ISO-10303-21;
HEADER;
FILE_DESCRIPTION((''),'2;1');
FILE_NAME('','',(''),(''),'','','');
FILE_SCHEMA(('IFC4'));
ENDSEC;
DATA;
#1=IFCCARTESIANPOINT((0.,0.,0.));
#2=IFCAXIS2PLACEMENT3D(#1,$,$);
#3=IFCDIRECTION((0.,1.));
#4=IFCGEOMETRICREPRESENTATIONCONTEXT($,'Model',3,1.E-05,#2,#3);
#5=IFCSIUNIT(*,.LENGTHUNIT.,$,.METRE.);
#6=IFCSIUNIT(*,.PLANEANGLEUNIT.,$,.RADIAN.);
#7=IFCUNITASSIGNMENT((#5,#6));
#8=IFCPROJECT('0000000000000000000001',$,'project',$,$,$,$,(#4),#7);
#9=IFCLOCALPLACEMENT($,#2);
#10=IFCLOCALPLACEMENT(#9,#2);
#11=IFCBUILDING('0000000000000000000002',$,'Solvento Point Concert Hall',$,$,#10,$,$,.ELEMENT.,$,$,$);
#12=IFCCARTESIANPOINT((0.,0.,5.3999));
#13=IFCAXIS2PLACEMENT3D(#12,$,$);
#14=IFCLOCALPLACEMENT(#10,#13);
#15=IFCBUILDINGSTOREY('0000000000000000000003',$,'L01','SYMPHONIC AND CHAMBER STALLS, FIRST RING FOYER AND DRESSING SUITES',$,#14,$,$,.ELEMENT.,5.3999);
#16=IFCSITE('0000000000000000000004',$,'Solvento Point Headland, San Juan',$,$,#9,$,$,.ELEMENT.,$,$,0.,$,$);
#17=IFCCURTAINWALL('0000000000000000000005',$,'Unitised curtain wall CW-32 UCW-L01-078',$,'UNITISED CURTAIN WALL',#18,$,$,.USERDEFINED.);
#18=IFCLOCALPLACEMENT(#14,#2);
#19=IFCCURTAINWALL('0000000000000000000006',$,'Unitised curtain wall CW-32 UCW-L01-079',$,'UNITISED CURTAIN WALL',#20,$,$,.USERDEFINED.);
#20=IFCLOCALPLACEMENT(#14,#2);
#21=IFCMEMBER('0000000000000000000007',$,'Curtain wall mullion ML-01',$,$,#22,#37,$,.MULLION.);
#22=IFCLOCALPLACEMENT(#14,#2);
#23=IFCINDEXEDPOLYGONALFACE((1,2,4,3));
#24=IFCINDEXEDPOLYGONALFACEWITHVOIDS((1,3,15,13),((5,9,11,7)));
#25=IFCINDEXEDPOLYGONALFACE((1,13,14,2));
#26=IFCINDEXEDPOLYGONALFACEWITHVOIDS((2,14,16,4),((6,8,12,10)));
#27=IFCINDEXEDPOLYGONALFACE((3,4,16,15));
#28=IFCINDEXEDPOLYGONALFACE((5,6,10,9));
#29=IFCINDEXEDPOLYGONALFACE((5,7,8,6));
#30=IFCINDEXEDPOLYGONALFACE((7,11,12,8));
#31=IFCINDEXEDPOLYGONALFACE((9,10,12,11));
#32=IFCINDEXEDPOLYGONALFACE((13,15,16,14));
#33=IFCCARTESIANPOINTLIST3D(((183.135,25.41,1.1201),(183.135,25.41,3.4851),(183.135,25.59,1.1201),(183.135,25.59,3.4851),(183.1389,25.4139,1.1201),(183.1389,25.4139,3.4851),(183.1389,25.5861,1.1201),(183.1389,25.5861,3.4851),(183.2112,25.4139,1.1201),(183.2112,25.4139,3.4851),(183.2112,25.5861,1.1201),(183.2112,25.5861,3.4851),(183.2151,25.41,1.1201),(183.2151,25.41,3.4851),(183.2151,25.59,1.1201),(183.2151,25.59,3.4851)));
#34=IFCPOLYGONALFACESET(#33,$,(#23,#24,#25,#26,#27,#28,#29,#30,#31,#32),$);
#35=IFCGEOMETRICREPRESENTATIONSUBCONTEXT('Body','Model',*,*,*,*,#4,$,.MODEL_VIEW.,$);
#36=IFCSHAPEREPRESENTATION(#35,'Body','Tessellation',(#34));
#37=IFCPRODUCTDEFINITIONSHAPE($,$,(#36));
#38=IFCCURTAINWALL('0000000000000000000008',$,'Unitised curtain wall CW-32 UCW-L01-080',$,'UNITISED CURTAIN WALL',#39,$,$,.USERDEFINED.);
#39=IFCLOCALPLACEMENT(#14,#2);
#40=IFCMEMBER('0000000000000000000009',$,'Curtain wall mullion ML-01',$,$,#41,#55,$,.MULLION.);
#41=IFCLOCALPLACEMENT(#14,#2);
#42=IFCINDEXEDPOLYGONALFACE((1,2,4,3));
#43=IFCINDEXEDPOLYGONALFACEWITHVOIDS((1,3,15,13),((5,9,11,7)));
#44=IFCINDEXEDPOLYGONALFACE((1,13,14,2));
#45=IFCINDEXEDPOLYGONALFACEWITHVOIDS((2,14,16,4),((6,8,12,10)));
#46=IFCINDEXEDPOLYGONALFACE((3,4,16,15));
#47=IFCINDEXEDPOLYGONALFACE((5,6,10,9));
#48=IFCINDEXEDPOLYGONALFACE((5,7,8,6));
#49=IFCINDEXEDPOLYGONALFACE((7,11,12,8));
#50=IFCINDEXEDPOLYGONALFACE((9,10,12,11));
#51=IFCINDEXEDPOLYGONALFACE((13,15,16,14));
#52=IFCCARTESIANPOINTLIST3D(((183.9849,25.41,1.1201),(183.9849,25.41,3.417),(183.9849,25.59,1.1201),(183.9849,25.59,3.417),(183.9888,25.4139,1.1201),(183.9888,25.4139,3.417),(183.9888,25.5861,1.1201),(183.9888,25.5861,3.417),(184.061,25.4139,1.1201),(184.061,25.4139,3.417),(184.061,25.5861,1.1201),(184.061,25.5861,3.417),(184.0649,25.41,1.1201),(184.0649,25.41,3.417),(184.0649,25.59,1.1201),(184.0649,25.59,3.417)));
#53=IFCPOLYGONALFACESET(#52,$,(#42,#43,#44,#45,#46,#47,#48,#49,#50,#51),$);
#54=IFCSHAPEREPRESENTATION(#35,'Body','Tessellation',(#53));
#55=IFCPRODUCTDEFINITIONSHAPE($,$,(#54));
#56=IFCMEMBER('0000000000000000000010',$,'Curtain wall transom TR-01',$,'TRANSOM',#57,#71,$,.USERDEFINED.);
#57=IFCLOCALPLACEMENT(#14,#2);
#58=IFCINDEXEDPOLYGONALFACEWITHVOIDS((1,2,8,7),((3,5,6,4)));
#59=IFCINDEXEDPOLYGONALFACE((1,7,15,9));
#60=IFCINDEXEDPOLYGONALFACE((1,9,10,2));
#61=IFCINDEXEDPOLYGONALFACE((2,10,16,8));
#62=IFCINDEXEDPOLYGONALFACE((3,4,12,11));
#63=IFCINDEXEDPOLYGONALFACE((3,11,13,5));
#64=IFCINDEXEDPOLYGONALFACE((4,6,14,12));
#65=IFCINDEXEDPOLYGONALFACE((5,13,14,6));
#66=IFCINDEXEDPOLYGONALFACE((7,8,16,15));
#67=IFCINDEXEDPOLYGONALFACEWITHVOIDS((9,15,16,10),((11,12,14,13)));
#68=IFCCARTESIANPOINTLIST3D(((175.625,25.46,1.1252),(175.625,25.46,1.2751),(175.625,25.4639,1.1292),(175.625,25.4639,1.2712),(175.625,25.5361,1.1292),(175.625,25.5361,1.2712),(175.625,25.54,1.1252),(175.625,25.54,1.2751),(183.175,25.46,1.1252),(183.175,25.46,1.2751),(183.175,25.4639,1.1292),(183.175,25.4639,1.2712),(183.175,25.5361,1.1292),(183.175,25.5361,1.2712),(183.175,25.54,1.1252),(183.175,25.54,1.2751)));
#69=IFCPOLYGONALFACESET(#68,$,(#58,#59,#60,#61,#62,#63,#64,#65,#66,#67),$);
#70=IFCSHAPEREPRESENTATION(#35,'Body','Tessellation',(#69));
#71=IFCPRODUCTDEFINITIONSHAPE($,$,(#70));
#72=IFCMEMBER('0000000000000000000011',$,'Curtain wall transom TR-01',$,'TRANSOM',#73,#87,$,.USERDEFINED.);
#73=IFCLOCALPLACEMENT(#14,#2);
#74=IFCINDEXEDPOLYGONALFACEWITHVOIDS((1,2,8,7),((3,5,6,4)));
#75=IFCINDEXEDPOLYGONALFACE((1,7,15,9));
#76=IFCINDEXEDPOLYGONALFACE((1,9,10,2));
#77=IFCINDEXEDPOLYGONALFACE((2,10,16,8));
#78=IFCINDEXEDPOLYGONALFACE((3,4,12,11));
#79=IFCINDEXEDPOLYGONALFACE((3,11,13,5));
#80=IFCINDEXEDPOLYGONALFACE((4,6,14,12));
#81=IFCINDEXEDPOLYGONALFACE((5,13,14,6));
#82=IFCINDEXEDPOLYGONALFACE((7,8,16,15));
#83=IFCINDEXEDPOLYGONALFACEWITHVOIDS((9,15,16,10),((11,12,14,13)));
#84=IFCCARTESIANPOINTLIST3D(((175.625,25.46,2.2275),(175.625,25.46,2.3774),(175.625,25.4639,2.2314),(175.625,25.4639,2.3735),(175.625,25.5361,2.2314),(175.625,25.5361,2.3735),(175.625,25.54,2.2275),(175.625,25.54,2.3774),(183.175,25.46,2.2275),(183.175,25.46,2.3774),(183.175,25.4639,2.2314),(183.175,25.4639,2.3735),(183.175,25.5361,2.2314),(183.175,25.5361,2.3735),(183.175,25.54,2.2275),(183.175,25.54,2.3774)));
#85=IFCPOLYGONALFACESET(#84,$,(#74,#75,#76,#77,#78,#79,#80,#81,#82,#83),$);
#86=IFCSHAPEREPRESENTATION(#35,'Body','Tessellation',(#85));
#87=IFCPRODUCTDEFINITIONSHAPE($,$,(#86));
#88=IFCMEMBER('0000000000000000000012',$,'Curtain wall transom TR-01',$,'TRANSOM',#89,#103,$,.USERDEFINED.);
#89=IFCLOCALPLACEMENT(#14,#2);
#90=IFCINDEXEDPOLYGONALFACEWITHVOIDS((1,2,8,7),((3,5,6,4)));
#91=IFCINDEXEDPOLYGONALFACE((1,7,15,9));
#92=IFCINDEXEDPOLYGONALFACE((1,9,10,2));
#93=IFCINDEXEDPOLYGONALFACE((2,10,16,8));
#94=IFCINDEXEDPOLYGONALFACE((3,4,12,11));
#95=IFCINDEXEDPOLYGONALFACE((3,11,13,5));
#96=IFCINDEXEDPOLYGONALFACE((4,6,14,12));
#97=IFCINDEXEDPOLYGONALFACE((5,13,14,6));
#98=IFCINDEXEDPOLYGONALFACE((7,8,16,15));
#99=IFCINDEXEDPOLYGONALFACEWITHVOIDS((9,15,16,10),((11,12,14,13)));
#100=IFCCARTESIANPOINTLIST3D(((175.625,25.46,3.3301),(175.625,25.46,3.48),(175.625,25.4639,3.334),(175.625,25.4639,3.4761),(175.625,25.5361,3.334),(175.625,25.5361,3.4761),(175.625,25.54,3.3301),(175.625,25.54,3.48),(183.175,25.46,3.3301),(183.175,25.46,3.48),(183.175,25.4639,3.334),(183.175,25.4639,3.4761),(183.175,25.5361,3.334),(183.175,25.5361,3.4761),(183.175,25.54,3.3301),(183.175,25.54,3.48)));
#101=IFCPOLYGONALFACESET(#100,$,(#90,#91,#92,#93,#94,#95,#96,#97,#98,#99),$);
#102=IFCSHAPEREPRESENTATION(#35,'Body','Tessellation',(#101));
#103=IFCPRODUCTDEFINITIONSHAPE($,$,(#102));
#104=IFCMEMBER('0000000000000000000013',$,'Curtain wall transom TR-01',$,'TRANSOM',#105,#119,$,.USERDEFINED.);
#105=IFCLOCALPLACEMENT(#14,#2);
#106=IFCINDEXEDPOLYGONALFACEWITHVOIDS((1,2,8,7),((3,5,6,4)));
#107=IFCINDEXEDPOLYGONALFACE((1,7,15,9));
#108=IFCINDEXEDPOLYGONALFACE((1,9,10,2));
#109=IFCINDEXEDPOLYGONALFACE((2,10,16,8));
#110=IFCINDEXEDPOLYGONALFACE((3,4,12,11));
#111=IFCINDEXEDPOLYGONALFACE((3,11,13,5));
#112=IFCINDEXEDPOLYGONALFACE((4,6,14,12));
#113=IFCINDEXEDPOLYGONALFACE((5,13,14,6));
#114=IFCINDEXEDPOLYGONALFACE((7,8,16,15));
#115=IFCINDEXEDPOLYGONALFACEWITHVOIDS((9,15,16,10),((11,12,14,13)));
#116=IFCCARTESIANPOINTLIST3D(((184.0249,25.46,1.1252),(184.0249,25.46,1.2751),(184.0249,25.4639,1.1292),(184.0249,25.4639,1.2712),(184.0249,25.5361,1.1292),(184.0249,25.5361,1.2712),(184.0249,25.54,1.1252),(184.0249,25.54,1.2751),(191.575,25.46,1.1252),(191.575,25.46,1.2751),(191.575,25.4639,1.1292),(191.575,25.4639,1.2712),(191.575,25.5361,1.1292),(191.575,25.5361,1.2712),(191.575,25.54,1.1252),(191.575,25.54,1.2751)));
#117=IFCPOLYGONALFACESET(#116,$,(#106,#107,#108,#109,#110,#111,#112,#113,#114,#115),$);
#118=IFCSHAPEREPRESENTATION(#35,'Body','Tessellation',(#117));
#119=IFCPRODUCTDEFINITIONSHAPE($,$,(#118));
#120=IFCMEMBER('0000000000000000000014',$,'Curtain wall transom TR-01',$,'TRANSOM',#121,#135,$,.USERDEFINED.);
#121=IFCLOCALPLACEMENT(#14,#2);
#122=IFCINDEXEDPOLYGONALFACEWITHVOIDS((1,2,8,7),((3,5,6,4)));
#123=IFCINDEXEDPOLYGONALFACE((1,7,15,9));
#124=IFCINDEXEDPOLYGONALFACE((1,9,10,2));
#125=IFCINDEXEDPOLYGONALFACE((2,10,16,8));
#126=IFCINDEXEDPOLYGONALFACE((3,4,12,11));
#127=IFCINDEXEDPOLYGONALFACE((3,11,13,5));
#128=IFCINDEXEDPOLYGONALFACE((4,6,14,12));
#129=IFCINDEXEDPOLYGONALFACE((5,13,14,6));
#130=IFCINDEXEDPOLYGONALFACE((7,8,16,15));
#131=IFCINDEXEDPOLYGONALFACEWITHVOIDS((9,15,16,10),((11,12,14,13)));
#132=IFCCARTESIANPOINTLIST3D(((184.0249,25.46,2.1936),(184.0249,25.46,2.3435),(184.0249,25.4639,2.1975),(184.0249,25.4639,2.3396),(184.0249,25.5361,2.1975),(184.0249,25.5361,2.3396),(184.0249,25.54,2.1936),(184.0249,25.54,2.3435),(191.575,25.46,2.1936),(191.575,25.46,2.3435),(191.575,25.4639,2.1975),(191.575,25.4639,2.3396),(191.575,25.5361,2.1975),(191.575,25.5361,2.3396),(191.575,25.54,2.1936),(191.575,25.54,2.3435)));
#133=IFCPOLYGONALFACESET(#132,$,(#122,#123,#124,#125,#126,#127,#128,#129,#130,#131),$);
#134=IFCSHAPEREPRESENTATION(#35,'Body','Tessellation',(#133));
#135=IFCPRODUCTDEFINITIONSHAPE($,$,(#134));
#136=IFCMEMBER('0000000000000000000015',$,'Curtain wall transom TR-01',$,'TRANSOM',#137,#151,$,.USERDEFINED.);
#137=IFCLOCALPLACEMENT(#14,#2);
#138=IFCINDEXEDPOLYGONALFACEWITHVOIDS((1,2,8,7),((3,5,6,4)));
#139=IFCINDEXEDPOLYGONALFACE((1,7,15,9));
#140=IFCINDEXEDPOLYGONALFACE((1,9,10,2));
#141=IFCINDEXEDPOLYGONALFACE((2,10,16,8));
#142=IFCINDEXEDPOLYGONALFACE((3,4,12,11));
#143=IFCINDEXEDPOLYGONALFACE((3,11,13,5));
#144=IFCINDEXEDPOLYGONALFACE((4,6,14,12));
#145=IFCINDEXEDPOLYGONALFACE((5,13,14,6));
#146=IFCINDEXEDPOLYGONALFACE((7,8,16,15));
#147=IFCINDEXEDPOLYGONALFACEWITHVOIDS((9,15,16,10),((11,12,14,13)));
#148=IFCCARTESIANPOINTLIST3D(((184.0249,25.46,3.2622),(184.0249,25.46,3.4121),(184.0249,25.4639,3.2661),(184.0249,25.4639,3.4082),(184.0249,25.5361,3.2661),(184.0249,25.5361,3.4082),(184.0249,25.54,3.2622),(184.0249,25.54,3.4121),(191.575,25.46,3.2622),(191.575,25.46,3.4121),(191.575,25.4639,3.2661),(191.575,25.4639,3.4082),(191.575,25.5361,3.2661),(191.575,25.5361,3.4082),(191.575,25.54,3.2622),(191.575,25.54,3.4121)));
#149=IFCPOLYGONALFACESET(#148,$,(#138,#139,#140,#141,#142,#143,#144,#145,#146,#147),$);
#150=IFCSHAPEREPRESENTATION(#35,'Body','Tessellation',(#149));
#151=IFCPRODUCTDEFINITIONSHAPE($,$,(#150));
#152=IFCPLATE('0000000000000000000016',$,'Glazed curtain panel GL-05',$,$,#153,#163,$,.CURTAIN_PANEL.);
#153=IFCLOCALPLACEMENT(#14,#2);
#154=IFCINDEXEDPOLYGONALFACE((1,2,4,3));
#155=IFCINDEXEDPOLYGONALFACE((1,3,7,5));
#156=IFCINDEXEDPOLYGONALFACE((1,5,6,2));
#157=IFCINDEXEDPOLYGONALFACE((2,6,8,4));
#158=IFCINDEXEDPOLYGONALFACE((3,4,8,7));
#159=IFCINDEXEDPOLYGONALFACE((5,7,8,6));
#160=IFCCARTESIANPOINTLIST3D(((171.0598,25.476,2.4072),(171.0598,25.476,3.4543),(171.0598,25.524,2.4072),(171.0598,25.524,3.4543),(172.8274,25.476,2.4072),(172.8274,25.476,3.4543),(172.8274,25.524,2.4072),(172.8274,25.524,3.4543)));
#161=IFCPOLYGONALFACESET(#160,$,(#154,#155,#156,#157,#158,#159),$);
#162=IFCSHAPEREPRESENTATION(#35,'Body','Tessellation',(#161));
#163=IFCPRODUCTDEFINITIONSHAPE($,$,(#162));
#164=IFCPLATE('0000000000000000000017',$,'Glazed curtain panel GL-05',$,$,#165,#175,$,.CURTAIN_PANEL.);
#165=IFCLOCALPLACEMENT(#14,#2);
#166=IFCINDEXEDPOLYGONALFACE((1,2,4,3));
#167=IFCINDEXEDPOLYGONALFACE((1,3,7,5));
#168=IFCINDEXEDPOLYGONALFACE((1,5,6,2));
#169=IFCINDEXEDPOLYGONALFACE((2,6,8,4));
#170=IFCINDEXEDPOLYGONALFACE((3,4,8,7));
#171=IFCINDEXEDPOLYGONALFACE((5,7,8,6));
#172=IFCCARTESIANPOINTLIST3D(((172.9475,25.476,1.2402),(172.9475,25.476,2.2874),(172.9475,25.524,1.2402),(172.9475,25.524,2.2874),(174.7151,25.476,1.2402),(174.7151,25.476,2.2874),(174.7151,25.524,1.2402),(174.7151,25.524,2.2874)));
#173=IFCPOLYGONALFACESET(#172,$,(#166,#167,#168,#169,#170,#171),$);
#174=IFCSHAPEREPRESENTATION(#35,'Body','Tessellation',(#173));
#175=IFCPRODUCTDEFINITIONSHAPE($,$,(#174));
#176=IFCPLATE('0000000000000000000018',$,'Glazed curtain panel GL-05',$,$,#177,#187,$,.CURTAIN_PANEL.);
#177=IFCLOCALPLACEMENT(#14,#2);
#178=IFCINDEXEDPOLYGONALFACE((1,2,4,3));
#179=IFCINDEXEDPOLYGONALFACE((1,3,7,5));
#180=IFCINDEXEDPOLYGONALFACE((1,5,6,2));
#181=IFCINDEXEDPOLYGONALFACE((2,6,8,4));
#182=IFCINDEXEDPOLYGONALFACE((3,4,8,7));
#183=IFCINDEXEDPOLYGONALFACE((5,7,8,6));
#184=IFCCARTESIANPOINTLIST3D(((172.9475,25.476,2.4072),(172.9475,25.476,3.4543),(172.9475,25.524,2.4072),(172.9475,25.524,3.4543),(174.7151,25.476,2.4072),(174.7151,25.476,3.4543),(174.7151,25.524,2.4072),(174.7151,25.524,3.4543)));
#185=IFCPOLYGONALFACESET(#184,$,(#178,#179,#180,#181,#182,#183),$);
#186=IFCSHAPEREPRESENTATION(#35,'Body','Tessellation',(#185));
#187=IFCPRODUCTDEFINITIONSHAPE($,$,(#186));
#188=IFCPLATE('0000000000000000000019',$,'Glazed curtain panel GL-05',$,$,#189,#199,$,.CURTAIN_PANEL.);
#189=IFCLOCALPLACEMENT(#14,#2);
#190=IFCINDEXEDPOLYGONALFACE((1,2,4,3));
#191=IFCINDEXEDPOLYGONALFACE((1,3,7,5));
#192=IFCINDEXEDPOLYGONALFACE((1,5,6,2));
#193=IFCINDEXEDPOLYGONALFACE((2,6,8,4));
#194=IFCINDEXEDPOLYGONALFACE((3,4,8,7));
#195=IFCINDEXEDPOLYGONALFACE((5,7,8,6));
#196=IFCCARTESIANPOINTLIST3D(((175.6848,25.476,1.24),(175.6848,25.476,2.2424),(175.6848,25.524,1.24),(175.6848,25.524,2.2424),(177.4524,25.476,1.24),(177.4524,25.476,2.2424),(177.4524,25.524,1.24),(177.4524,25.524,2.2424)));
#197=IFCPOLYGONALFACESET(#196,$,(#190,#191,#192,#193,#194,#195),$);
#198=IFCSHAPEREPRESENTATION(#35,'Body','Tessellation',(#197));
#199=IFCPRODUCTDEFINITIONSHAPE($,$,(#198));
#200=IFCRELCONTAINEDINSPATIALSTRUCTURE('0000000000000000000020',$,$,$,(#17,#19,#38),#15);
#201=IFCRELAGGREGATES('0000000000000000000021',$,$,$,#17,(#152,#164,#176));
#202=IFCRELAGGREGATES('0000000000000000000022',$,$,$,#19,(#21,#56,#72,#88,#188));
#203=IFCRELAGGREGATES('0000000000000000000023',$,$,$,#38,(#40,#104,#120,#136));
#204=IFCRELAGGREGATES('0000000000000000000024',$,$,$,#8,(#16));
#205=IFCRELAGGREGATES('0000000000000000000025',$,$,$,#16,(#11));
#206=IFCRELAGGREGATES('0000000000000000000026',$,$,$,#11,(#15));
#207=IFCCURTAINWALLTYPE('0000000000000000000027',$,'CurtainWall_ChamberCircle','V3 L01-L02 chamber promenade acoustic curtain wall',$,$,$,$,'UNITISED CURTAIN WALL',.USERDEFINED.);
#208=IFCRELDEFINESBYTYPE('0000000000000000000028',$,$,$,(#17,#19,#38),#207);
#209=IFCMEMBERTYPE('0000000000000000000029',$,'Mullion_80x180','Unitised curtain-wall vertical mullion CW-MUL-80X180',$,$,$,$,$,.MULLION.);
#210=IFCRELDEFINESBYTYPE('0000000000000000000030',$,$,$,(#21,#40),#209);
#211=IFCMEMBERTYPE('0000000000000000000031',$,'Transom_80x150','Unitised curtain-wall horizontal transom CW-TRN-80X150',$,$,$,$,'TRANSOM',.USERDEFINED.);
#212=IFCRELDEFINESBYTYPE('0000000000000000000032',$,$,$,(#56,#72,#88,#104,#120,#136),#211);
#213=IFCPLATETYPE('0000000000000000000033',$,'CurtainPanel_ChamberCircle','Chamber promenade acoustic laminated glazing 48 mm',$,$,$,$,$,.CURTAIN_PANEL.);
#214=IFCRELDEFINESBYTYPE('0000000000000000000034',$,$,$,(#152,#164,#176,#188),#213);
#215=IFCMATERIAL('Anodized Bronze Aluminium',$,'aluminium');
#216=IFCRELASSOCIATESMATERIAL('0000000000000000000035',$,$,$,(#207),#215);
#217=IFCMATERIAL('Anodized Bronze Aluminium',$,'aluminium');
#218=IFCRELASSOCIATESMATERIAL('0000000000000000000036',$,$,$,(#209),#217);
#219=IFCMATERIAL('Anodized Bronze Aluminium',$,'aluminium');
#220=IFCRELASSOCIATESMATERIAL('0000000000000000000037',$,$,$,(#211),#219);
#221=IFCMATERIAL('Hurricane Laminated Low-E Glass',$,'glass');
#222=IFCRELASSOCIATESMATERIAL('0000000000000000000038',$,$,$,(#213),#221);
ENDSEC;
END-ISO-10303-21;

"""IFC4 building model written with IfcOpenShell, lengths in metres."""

from ifc_helpers import new_model, si_unit, direction, frame, origin, origin_2d, place, context, subcontext, project, spatial, rectangle, hollow_rectangle, extrude, material, material_profile, profile_set, type_object, element, aggregate, save


model = new_model("IFC4")

# Units and contexts
model_context = context("Model", 3, precision=1e-05, world=origin(), true_north=direction((0.0, 1.0)))
body_context = subcontext(model_context, "Body", "Model", "MODEL_VIEW")
ifc_project = project(units=[si_unit("LENGTHUNIT", "METRE"), si_unit("PLANEANGLEUNIT", "RADIAN")], contexts=[model_context])

# Site, building, storey
site_placement = place(None, origin())
site = spatial("IfcSite", under=ifc_project, at=site_placement, Name="Solvento Point Headland, San Juan", CompositionType="ELEMENT", RefElevation=0.0)
building_placement = place(site_placement, origin())
building = spatial("IfcBuilding", under=site, at=building_placement, Name="Solvento Point Concert Hall", CompositionType="ELEMENT")
storey_placement = place(building_placement, frame((0.0, 0.0, 5.3999)))
storey = spatial("IfcBuildingStorey", under=building, at=storey_placement, Name="L01", Description="SYMPHONIC AND CHAMBER STALLS, FIRST RING FOYER AND DRESSING SUITES", CompositionType="ELEMENT", Elevation=5.3999)

# Curtain walls, member
ifc_material_1 = material(Name="Anodized Bronze Aluminium", Category="aluminium")
curtain_wall_type = type_object("IfcCurtainWallType", Name="CurtainWall_ChamberCircle", Description="V3 L01-L02 chamber promenade acoustic curtain wall", ElementType="UNITISED CURTAIN WALL", PredefinedType="USERDEFINED", material=ifc_material_1)
curtain_wall_1_placement = place(storey_placement, origin())
curtain_wall_1 = element("IfcCurtainWall", 1, at=curtain_wall_1_placement, inside=storey, type_object=curtain_wall_type, Name="Unitised curtain wall CW-32 UCW-L01-078", ObjectType="UNITISED CURTAIN WALL", PredefinedType="USERDEFINED")
ifc_material_2 = material(Name="Anodized Bronze Aluminium", Category="aluminium")
ifc_material_profile_1 = material_profile(ifc_material_2, hollow_rectangle(XDim=0.0801, YDim=0.1799, WallThickness=0.0039, at=origin_2d()), Name="CW-MUL-80X180")
ifc_profile_set_1 = profile_set([ifc_material_profile_1], Name="Anodized Bronze Aluminium")
member_type_1 = type_object("IfcMemberType", Name="Mullion_80x180", Description="Unitised curtain-wall vertical mullion CW-MUL-80X180", PredefinedType="MULLION", material=ifc_profile_set_1)
curtain_wall_2_placement = place(storey_placement, origin())
curtain_wall_2 = element("IfcCurtainWall", 2, at=curtain_wall_2_placement, inside=storey, type_object=curtain_wall_type, Name="Unitised curtain wall CW-32 UCW-L01-079", ObjectType="UNITISED CURTAIN WALL", PredefinedType="USERDEFINED")
member_1_placement = place(storey_placement, frame((183.175, 25.5, 1.1201), z_axis=(0.0, 0.0, 1.0), x_axis=(1.0, 0.0, 0.0)))
member_1 = element("IfcMember", 3, at=member_1_placement, type_object=member_type_1, Name="Curtain wall mullion ML-01", PredefinedType="MULLION", context=body_context, shape_type="SweptSolid", body=[
    extrude(hollow_rectangle(XDim=0.0801, YDim=0.1799, WallThickness=0.0039, at=origin_2d()), origin(), (0.0, 0.0, 1.0), 2.365),
])

# Curtain wall, member
curtain_wall_3_placement = place(storey_placement, origin())
curtain_wall_3 = element("IfcCurtainWall", 4, at=curtain_wall_3_placement, inside=storey, type_object=curtain_wall_type, Name="Unitised curtain wall CW-32 UCW-L01-080", ObjectType="UNITISED CURTAIN WALL", PredefinedType="USERDEFINED")
member_2_placement = place(storey_placement, frame((184.0249, 25.5, 1.1201), z_axis=(0.0, 0.0, 1.0), x_axis=(1.0, 0.0, 0.0)))
member_2 = element("IfcMember", 5, at=member_2_placement, type_object=member_type_1, Name="Curtain wall mullion ML-01", PredefinedType="MULLION", context=body_context, shape_type="SweptSolid", body=[
    extrude(hollow_rectangle(XDim=0.0801, YDim=0.1799, WallThickness=0.0039, at=origin_2d()), origin(), (0.0, 0.0, 1.0), 2.2969),
])

# Members
ifc_material_3 = material(Name="Anodized Bronze Aluminium", Category="aluminium")
ifc_material_profile_2 = material_profile(ifc_material_3, hollow_rectangle(XDim=0.0801, YDim=0.1499, WallThickness=0.0039, at=origin_2d()), Name="CW-TRN-80X150")
ifc_profile_set_2 = profile_set([ifc_material_profile_2], Name="Anodized Bronze Aluminium")
member_type_2 = type_object("IfcMemberType", Name="Transom_80x150", Description="Unitised curtain-wall horizontal transom CW-TRN-80X150", ElementType="TRANSOM", PredefinedType="USERDEFINED", material=ifc_profile_set_2)
member_3_placement = place(storey_placement, frame((175.625, 25.5, 1.2002), z_axis=(1.0, 0.0, 0.0), x_axis=(0.0, 1.0, 0.0)))
member_3 = element("IfcMember", 6, at=member_3_placement, type_object=member_type_2, Name="Curtain wall transom TR-01", ObjectType="TRANSOM", PredefinedType="USERDEFINED", context=body_context, shape_type="SweptSolid", body=[
    extrude(hollow_rectangle(XDim=0.0801, YDim=0.1499, WallThickness=0.0039, at=origin_2d()), origin(), (0.0, 0.0, 1.0), 7.55),
])
member_4_placement = place(storey_placement, frame((175.625, 25.5, 2.3025), z_axis=(1.0, 0.0, 0.0), x_axis=(0.0, 1.0, 0.0)))
member_4 = element("IfcMember", 7, at=member_4_placement, type_object=member_type_2, Name="Curtain wall transom TR-01", ObjectType="TRANSOM", PredefinedType="USERDEFINED", context=body_context, shape_type="SweptSolid", body=[
    extrude(hollow_rectangle(XDim=0.0801, YDim=0.1499, WallThickness=0.0039, at=origin_2d()), origin(), (0.0, 0.0, 1.0), 7.55),
])
member_5_placement = place(storey_placement, frame((175.625, 25.5, 3.405), z_axis=(1.0, 0.0, 0.0), x_axis=(0.0, 1.0, 0.0)))
member_5 = element("IfcMember", 8, at=member_5_placement, type_object=member_type_2, Name="Curtain wall transom TR-01", ObjectType="TRANSOM", PredefinedType="USERDEFINED", context=body_context, shape_type="SweptSolid", body=[
    extrude(hollow_rectangle(XDim=0.0801, YDim=0.1499, WallThickness=0.0039, at=origin_2d()), origin(), (0.0, 0.0, 1.0), 7.55),
])
member_6_placement = place(storey_placement, frame((184.0249, 25.5, 1.2002), z_axis=(1.0, 0.0, 0.0), x_axis=(0.0, 1.0, 0.0)))
member_6 = element("IfcMember", 9, at=member_6_placement, type_object=member_type_2, Name="Curtain wall transom TR-01", ObjectType="TRANSOM", PredefinedType="USERDEFINED", context=body_context, shape_type="SweptSolid", body=[
    extrude(hollow_rectangle(XDim=0.0801, YDim=0.1499, WallThickness=0.0039, at=origin_2d()), origin(), (0.0, 0.0, 1.0), 7.55),
])
member_7_placement = place(storey_placement, frame((184.0249, 25.5, 2.2686), z_axis=(1.0, 0.0, 0.0), x_axis=(0.0, 1.0, 0.0)))
member_7 = element("IfcMember", 10, at=member_7_placement, type_object=member_type_2, Name="Curtain wall transom TR-01", ObjectType="TRANSOM", PredefinedType="USERDEFINED", context=body_context, shape_type="SweptSolid", body=[
    extrude(hollow_rectangle(XDim=0.0801, YDim=0.1499, WallThickness=0.0039, at=origin_2d()), origin(), (0.0, 0.0, 1.0), 7.55),
])
member_8_placement = place(storey_placement, frame((184.0249, 25.5, 3.3372), z_axis=(1.0, 0.0, 0.0), x_axis=(0.0, 1.0, 0.0)))
member_8 = element("IfcMember", 11, at=member_8_placement, type_object=member_type_2, Name="Curtain wall transom TR-01", ObjectType="TRANSOM", PredefinedType="USERDEFINED", context=body_context, shape_type="SweptSolid", body=[
    extrude(hollow_rectangle(XDim=0.0801, YDim=0.1499, WallThickness=0.0039, at=origin_2d()), origin(), (0.0, 0.0, 1.0), 7.55),
])

# Plates
ifc_material_4 = material(Name="Hurricane Laminated Low-E Glass", Category="glass")
plate_type = type_object("IfcPlateType", Name="CurtainPanel_ChamberCircle", Description="Chamber promenade acoustic laminated glazing 48 mm", PredefinedType="CURTAIN_PANEL", material=ifc_material_4)
plate_1_placement = place(storey_placement, frame((171.9436, 25.5, 2.4072), z_axis=(0.0, 0.0, 1.0), x_axis=(1.0, 0.0, 0.0)))
plate_1 = element("IfcPlate", 12, at=plate_1_placement, type_object=plate_type, Name="Glazed curtain panel GL-05", PredefinedType="CURTAIN_PANEL", context=body_context, shape_type="SweptSolid", body=[
    extrude(rectangle(XDim=1.7676, YDim=0.0481, at=origin_2d()), origin(), (0.0, 0.0, 1.0), 1.0471),
])
plate_2_placement = place(storey_placement, frame((173.8313, 25.5, 1.2402), z_axis=(0.0, 0.0, 1.0), x_axis=(1.0, 0.0, 0.0)))
plate_2 = element("IfcPlate", 13, at=plate_2_placement, type_object=plate_type, Name="Glazed curtain panel GL-05", PredefinedType="CURTAIN_PANEL", context=body_context, shape_type="SweptSolid", body=[
    extrude(rectangle(XDim=1.7676, YDim=0.0481, at=origin_2d()), origin(), (0.0, 0.0, 1.0), 1.0471),
])
plate_3_placement = place(storey_placement, frame((173.8313, 25.5, 2.4072), z_axis=(0.0, 0.0, 1.0), x_axis=(1.0, 0.0, 0.0)))
plate_3 = element("IfcPlate", 14, at=plate_3_placement, type_object=plate_type, Name="Glazed curtain panel GL-05", PredefinedType="CURTAIN_PANEL", context=body_context, shape_type="SweptSolid", body=[
    extrude(rectangle(XDim=1.7676, YDim=0.0481, at=origin_2d()), origin(), (0.0, 0.0, 1.0), 1.0471),
])
aggregate(curtain_wall_1, [plate_1, plate_2, plate_3])
plate_4_placement = place(storey_placement, frame((176.5686, 25.5, 1.24), z_axis=(0.0, 0.0, 1.0), x_axis=(1.0, 0.0, 0.0)))
plate_4 = element("IfcPlate", 15, at=plate_4_placement, type_object=plate_type, Name="Glazed curtain panel GL-05", PredefinedType="CURTAIN_PANEL", context=body_context, shape_type="SweptSolid", body=[
    extrude(rectangle(XDim=1.7676, YDim=0.0481, at=origin_2d()), origin(), (0.0, 0.0, 1.0), 1.0024),
])
aggregate(curtain_wall_2, [member_1, member_3, member_4, member_5, plate_4])
aggregate(curtain_wall_3, [member_2, member_6, member_7, member_8])

save(model, "model.ifc")
